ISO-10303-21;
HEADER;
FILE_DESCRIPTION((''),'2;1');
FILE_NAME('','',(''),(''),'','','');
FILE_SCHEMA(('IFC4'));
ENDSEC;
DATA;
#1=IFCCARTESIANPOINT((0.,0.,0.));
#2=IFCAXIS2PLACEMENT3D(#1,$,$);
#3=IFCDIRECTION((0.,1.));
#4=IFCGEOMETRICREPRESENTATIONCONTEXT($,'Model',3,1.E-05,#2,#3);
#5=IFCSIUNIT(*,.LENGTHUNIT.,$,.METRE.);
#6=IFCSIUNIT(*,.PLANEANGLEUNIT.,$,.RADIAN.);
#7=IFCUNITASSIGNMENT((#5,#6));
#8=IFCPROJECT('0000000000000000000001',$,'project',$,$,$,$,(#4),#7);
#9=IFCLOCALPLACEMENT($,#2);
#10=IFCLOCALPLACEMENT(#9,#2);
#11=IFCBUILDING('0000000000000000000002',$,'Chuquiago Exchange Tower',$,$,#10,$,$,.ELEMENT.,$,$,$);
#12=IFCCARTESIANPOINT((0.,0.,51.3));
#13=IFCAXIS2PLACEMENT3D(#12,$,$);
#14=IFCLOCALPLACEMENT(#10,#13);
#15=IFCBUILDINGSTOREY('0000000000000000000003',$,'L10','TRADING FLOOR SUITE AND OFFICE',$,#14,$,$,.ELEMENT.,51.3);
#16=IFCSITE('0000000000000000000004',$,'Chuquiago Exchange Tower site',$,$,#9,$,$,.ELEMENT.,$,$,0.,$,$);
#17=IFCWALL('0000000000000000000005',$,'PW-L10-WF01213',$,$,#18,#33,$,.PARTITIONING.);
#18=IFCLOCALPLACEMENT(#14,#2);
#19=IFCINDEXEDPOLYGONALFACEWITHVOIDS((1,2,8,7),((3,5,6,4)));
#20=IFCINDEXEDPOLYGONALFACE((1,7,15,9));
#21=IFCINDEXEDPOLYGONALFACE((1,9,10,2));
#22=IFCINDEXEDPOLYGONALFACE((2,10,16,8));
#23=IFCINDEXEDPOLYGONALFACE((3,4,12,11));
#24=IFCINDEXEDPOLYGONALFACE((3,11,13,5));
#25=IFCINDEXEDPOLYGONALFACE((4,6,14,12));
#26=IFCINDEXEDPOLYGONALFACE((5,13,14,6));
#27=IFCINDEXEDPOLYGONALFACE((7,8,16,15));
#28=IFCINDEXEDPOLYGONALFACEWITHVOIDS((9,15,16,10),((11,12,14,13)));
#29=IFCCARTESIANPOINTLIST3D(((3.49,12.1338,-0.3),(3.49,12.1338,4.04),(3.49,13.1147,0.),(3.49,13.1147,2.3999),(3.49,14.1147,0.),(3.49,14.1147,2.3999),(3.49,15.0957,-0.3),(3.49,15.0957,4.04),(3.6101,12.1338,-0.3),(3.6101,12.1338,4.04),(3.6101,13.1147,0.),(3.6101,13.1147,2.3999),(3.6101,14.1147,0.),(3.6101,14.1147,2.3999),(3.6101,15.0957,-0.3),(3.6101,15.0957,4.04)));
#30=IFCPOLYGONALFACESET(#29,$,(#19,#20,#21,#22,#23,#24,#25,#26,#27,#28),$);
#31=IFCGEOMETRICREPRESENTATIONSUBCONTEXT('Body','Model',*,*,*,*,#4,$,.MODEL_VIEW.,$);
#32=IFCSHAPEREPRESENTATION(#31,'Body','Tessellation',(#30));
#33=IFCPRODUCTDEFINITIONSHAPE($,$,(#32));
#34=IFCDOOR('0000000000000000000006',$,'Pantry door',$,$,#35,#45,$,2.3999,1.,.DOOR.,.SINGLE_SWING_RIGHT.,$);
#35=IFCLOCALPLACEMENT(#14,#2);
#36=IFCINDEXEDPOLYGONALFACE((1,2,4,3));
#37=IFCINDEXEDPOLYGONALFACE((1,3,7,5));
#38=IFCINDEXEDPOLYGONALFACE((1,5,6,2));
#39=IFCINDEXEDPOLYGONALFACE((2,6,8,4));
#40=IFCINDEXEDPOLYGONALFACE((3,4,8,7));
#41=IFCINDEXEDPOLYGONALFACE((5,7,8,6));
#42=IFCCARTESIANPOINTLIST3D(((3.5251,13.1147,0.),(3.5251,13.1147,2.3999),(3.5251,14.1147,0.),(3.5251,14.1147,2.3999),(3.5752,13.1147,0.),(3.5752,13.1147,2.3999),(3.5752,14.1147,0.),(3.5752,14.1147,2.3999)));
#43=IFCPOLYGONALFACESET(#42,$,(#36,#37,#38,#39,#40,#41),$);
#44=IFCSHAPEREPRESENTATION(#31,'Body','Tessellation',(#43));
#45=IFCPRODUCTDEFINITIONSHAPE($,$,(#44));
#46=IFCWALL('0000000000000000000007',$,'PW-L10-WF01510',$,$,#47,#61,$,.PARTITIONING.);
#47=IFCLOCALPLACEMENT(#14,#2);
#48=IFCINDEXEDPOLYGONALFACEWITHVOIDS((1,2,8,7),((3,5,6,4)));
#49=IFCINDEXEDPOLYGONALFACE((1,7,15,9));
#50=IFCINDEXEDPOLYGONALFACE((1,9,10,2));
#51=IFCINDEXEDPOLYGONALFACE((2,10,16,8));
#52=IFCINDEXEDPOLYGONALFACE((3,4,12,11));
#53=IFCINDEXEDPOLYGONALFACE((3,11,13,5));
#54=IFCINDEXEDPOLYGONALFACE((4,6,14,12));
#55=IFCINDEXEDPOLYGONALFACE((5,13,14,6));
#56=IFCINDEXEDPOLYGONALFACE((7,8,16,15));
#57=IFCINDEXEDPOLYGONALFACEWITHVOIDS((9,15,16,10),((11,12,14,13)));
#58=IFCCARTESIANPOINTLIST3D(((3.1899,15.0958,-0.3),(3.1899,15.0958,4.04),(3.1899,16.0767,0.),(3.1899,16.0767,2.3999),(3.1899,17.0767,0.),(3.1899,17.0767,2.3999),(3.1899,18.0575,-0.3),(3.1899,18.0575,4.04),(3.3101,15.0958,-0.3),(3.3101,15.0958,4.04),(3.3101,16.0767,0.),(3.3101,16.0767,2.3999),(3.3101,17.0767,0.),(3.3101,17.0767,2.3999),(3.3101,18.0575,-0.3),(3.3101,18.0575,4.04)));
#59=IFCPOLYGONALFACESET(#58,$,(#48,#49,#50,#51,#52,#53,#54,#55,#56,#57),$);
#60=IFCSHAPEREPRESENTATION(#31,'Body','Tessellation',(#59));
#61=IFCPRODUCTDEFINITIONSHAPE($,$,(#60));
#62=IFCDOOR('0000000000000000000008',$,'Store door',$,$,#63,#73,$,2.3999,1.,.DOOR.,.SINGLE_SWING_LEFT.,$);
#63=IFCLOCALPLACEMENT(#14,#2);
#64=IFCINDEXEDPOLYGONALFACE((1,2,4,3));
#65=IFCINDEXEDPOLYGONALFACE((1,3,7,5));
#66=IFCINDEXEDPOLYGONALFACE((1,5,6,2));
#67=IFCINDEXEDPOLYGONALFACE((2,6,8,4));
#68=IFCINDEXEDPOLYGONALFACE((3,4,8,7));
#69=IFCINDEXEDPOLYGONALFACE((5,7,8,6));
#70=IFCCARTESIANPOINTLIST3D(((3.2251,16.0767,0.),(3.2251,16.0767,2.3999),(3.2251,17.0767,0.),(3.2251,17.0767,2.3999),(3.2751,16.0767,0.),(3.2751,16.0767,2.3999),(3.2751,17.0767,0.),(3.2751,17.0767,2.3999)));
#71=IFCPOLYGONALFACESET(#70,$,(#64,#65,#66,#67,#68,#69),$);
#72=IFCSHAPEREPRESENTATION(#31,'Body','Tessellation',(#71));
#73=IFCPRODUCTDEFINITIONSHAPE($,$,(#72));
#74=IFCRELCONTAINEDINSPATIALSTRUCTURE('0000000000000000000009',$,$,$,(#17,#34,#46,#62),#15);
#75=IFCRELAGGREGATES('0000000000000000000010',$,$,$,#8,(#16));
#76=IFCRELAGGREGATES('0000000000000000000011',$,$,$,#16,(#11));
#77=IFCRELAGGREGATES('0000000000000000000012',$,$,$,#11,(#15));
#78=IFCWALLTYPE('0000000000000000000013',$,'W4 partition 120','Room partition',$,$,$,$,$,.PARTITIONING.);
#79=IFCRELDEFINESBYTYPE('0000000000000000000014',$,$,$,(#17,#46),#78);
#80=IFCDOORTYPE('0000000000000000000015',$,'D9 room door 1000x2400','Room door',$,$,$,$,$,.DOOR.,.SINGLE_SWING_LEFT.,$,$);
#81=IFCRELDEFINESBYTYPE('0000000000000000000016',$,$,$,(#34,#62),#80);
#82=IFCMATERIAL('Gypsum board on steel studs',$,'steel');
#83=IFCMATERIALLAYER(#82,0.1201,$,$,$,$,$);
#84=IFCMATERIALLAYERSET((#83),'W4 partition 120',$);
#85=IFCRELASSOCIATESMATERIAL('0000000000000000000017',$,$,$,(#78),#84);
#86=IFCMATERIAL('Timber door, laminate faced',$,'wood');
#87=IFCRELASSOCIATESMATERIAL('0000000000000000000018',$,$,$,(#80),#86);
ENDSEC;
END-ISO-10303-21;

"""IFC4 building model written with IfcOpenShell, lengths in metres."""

from ifc_helpers import new_model, si_unit, direction, frame, frame_2d, origin, place, context, subcontext, project, spatial, rectangle, extrude, material, layer, layer_set, type_object, element, fill, save


model = new_model("IFC4")

# Units and contexts
model_context = context("Model", 3, precision=1e-05, world=origin(), true_north=direction((0.0, 1.0)))
body_context = subcontext(model_context, "Body", "Model", "MODEL_VIEW")
ifc_project = project(units=[si_unit("LENGTHUNIT", "METRE"), si_unit("PLANEANGLEUNIT", "RADIAN")], contexts=[model_context])

# Site, building, storey
site_placement = place(None, origin())
site = spatial("IfcSite", under=ifc_project, at=site_placement, Name="Chuquiago Exchange Tower site", CompositionType="ELEMENT", RefElevation=0.0)
building_placement = place(site_placement, origin())
building = spatial("IfcBuilding", under=site, at=building_placement, Name="Chuquiago Exchange Tower", CompositionType="ELEMENT")
storey_placement = place(building_placement, frame((0.0, 0.0, 51.3)))
storey = spatial("IfcBuildingStorey", under=building, at=storey_placement, Name="L10", Description="TRADING FLOOR SUITE AND OFFICE", CompositionType="ELEMENT", Elevation=51.3)

# Shared definitions
ifc_material_1 = material(Name="Gypsum board on steel studs", Category="steel")
ifc_layer_1 = layer(ifc_material_1, 0.1201)
ifc_layer_set_1 = layer_set([ifc_layer_1], Name="W4 partition 120")
wall_type_1 = type_object("IfcWallType", Name="W4 partition 120", Description="Room partition", PredefinedType="PARTITIONING", material=ifc_layer_set_1)

# Shared definitions
ifc_material_2 = material(Name="Timber door, laminate faced", Category="wood")
door_type_1 = type_object("IfcDoorType", Name="D9 room door 1000x2400", Description="Room door", OperationType="SINGLE_SWING_LEFT", PredefinedType="DOOR", material=ifc_material_2)

# Walls, openings, doors
wall_1_placement = place(storey_placement, frame((3.55, 12.1338, -0.3), z_axis=(0.0, 0.0, 1.0), x_axis=(0.0, 1.0, 0.0)))
wall_1 = element("IfcWall", 1, at=wall_1_placement, inside=storey, type_object=wall_type_1, Name="PW-L10-WF01213", PredefinedType="PARTITIONING", context=body_context, shape_type="SweptSolid", body=[
    extrude(rectangle(XDim=2.9619, YDim=0.1201, at=frame_2d((1.481, 0.0))), origin(), (0.0, 0.0, 1.0), 4.3401),
])
opening_1_placement = place(wall_1_placement, frame((0.981, 0.0, 0.3)))
opening_1 = element("IfcOpeningElement", 2, at=opening_1_placement, cuts=wall_1, PredefinedType="OPENING", context=body_context, shape_type="SweptSolid", body=[
    extrude(rectangle(XDim=1.0, YDim=2.3999, at=frame_2d((0.5, 1.2))), frame((0.0, 0.0701, 0.0), z_axis=(0.0, -1.0, 0.0), x_axis=(1.0, 0.0, 0.0)), (0.0, 0.0, 1.0), 0.1401),
])
door_1_placement = place(opening_1_placement, origin())
door_1 = element("IfcDoor", 3, at=door_1_placement, inside=storey, type_object=door_type_1, Name="Pantry door", OperationType="SINGLE_SWING_RIGHT", OverallHeight=2.3999, OverallWidth=1.0, PredefinedType="DOOR", context=body_context, shape_type="SweptSolid", body=[
    extrude(rectangle(XDim=1.0, YDim=2.3999, at=frame_2d((0.5, 1.2))), frame((0.0, 0.0249, 0.0), z_axis=(0.0, -1.0, 0.0), x_axis=(1.0, 0.0, 0.0)), (0.0, 0.0, 1.0), 0.05),
])
fill(opening_1, door_1)
wall_2_placement = place(storey_placement, frame((3.25, 15.0957, -0.3), z_axis=(0.0, 0.0, 1.0), x_axis=(0.0, 1.0, 0.0)))
wall_2 = element("IfcWall", 4, at=wall_2_placement, inside=storey, type_object=wall_type_1, Name="PW-L10-WF01510", PredefinedType="PARTITIONING", context=body_context, shape_type="SweptSolid", body=[
    extrude(rectangle(XDim=2.9617, YDim=0.1201, at=frame_2d((1.481, 0.0))), origin(), (0.0, 0.0, 1.0), 4.3401),
])
opening_2_placement = place(wall_2_placement, frame((0.981, 0.0, 0.3)))
opening_2 = element("IfcOpeningElement", 5, at=opening_2_placement, cuts=wall_2, PredefinedType="OPENING", context=body_context, shape_type="SweptSolid", body=[
    extrude(rectangle(XDim=1.0, YDim=2.3999, at=frame_2d((0.5, 1.2))), frame((0.0, 0.0701, 0.0), z_axis=(0.0, -1.0, 0.0), x_axis=(1.0, 0.0, 0.0)), (0.0, 0.0, 1.0), 0.1401),
])
door_2_placement = place(opening_2_placement, origin())
door_2 = element("IfcDoor", 6, at=door_2_placement, inside=storey, type_object=door_type_1, Name="Store door", OperationType="SINGLE_SWING_LEFT", OverallHeight=2.3999, OverallWidth=1.0, PredefinedType="DOOR", context=body_context, shape_type="SweptSolid", body=[
    extrude(rectangle(XDim=1.0, YDim=2.3999, at=frame_2d((0.5, 1.2))), frame((0.0, 0.0249, 0.0), z_axis=(0.0, -1.0, 0.0), x_axis=(1.0, 0.0, 0.0)), (0.0, 0.0, 1.0), 0.05),
])
fill(opening_2, door_2)

save(model, "model.ifc")
